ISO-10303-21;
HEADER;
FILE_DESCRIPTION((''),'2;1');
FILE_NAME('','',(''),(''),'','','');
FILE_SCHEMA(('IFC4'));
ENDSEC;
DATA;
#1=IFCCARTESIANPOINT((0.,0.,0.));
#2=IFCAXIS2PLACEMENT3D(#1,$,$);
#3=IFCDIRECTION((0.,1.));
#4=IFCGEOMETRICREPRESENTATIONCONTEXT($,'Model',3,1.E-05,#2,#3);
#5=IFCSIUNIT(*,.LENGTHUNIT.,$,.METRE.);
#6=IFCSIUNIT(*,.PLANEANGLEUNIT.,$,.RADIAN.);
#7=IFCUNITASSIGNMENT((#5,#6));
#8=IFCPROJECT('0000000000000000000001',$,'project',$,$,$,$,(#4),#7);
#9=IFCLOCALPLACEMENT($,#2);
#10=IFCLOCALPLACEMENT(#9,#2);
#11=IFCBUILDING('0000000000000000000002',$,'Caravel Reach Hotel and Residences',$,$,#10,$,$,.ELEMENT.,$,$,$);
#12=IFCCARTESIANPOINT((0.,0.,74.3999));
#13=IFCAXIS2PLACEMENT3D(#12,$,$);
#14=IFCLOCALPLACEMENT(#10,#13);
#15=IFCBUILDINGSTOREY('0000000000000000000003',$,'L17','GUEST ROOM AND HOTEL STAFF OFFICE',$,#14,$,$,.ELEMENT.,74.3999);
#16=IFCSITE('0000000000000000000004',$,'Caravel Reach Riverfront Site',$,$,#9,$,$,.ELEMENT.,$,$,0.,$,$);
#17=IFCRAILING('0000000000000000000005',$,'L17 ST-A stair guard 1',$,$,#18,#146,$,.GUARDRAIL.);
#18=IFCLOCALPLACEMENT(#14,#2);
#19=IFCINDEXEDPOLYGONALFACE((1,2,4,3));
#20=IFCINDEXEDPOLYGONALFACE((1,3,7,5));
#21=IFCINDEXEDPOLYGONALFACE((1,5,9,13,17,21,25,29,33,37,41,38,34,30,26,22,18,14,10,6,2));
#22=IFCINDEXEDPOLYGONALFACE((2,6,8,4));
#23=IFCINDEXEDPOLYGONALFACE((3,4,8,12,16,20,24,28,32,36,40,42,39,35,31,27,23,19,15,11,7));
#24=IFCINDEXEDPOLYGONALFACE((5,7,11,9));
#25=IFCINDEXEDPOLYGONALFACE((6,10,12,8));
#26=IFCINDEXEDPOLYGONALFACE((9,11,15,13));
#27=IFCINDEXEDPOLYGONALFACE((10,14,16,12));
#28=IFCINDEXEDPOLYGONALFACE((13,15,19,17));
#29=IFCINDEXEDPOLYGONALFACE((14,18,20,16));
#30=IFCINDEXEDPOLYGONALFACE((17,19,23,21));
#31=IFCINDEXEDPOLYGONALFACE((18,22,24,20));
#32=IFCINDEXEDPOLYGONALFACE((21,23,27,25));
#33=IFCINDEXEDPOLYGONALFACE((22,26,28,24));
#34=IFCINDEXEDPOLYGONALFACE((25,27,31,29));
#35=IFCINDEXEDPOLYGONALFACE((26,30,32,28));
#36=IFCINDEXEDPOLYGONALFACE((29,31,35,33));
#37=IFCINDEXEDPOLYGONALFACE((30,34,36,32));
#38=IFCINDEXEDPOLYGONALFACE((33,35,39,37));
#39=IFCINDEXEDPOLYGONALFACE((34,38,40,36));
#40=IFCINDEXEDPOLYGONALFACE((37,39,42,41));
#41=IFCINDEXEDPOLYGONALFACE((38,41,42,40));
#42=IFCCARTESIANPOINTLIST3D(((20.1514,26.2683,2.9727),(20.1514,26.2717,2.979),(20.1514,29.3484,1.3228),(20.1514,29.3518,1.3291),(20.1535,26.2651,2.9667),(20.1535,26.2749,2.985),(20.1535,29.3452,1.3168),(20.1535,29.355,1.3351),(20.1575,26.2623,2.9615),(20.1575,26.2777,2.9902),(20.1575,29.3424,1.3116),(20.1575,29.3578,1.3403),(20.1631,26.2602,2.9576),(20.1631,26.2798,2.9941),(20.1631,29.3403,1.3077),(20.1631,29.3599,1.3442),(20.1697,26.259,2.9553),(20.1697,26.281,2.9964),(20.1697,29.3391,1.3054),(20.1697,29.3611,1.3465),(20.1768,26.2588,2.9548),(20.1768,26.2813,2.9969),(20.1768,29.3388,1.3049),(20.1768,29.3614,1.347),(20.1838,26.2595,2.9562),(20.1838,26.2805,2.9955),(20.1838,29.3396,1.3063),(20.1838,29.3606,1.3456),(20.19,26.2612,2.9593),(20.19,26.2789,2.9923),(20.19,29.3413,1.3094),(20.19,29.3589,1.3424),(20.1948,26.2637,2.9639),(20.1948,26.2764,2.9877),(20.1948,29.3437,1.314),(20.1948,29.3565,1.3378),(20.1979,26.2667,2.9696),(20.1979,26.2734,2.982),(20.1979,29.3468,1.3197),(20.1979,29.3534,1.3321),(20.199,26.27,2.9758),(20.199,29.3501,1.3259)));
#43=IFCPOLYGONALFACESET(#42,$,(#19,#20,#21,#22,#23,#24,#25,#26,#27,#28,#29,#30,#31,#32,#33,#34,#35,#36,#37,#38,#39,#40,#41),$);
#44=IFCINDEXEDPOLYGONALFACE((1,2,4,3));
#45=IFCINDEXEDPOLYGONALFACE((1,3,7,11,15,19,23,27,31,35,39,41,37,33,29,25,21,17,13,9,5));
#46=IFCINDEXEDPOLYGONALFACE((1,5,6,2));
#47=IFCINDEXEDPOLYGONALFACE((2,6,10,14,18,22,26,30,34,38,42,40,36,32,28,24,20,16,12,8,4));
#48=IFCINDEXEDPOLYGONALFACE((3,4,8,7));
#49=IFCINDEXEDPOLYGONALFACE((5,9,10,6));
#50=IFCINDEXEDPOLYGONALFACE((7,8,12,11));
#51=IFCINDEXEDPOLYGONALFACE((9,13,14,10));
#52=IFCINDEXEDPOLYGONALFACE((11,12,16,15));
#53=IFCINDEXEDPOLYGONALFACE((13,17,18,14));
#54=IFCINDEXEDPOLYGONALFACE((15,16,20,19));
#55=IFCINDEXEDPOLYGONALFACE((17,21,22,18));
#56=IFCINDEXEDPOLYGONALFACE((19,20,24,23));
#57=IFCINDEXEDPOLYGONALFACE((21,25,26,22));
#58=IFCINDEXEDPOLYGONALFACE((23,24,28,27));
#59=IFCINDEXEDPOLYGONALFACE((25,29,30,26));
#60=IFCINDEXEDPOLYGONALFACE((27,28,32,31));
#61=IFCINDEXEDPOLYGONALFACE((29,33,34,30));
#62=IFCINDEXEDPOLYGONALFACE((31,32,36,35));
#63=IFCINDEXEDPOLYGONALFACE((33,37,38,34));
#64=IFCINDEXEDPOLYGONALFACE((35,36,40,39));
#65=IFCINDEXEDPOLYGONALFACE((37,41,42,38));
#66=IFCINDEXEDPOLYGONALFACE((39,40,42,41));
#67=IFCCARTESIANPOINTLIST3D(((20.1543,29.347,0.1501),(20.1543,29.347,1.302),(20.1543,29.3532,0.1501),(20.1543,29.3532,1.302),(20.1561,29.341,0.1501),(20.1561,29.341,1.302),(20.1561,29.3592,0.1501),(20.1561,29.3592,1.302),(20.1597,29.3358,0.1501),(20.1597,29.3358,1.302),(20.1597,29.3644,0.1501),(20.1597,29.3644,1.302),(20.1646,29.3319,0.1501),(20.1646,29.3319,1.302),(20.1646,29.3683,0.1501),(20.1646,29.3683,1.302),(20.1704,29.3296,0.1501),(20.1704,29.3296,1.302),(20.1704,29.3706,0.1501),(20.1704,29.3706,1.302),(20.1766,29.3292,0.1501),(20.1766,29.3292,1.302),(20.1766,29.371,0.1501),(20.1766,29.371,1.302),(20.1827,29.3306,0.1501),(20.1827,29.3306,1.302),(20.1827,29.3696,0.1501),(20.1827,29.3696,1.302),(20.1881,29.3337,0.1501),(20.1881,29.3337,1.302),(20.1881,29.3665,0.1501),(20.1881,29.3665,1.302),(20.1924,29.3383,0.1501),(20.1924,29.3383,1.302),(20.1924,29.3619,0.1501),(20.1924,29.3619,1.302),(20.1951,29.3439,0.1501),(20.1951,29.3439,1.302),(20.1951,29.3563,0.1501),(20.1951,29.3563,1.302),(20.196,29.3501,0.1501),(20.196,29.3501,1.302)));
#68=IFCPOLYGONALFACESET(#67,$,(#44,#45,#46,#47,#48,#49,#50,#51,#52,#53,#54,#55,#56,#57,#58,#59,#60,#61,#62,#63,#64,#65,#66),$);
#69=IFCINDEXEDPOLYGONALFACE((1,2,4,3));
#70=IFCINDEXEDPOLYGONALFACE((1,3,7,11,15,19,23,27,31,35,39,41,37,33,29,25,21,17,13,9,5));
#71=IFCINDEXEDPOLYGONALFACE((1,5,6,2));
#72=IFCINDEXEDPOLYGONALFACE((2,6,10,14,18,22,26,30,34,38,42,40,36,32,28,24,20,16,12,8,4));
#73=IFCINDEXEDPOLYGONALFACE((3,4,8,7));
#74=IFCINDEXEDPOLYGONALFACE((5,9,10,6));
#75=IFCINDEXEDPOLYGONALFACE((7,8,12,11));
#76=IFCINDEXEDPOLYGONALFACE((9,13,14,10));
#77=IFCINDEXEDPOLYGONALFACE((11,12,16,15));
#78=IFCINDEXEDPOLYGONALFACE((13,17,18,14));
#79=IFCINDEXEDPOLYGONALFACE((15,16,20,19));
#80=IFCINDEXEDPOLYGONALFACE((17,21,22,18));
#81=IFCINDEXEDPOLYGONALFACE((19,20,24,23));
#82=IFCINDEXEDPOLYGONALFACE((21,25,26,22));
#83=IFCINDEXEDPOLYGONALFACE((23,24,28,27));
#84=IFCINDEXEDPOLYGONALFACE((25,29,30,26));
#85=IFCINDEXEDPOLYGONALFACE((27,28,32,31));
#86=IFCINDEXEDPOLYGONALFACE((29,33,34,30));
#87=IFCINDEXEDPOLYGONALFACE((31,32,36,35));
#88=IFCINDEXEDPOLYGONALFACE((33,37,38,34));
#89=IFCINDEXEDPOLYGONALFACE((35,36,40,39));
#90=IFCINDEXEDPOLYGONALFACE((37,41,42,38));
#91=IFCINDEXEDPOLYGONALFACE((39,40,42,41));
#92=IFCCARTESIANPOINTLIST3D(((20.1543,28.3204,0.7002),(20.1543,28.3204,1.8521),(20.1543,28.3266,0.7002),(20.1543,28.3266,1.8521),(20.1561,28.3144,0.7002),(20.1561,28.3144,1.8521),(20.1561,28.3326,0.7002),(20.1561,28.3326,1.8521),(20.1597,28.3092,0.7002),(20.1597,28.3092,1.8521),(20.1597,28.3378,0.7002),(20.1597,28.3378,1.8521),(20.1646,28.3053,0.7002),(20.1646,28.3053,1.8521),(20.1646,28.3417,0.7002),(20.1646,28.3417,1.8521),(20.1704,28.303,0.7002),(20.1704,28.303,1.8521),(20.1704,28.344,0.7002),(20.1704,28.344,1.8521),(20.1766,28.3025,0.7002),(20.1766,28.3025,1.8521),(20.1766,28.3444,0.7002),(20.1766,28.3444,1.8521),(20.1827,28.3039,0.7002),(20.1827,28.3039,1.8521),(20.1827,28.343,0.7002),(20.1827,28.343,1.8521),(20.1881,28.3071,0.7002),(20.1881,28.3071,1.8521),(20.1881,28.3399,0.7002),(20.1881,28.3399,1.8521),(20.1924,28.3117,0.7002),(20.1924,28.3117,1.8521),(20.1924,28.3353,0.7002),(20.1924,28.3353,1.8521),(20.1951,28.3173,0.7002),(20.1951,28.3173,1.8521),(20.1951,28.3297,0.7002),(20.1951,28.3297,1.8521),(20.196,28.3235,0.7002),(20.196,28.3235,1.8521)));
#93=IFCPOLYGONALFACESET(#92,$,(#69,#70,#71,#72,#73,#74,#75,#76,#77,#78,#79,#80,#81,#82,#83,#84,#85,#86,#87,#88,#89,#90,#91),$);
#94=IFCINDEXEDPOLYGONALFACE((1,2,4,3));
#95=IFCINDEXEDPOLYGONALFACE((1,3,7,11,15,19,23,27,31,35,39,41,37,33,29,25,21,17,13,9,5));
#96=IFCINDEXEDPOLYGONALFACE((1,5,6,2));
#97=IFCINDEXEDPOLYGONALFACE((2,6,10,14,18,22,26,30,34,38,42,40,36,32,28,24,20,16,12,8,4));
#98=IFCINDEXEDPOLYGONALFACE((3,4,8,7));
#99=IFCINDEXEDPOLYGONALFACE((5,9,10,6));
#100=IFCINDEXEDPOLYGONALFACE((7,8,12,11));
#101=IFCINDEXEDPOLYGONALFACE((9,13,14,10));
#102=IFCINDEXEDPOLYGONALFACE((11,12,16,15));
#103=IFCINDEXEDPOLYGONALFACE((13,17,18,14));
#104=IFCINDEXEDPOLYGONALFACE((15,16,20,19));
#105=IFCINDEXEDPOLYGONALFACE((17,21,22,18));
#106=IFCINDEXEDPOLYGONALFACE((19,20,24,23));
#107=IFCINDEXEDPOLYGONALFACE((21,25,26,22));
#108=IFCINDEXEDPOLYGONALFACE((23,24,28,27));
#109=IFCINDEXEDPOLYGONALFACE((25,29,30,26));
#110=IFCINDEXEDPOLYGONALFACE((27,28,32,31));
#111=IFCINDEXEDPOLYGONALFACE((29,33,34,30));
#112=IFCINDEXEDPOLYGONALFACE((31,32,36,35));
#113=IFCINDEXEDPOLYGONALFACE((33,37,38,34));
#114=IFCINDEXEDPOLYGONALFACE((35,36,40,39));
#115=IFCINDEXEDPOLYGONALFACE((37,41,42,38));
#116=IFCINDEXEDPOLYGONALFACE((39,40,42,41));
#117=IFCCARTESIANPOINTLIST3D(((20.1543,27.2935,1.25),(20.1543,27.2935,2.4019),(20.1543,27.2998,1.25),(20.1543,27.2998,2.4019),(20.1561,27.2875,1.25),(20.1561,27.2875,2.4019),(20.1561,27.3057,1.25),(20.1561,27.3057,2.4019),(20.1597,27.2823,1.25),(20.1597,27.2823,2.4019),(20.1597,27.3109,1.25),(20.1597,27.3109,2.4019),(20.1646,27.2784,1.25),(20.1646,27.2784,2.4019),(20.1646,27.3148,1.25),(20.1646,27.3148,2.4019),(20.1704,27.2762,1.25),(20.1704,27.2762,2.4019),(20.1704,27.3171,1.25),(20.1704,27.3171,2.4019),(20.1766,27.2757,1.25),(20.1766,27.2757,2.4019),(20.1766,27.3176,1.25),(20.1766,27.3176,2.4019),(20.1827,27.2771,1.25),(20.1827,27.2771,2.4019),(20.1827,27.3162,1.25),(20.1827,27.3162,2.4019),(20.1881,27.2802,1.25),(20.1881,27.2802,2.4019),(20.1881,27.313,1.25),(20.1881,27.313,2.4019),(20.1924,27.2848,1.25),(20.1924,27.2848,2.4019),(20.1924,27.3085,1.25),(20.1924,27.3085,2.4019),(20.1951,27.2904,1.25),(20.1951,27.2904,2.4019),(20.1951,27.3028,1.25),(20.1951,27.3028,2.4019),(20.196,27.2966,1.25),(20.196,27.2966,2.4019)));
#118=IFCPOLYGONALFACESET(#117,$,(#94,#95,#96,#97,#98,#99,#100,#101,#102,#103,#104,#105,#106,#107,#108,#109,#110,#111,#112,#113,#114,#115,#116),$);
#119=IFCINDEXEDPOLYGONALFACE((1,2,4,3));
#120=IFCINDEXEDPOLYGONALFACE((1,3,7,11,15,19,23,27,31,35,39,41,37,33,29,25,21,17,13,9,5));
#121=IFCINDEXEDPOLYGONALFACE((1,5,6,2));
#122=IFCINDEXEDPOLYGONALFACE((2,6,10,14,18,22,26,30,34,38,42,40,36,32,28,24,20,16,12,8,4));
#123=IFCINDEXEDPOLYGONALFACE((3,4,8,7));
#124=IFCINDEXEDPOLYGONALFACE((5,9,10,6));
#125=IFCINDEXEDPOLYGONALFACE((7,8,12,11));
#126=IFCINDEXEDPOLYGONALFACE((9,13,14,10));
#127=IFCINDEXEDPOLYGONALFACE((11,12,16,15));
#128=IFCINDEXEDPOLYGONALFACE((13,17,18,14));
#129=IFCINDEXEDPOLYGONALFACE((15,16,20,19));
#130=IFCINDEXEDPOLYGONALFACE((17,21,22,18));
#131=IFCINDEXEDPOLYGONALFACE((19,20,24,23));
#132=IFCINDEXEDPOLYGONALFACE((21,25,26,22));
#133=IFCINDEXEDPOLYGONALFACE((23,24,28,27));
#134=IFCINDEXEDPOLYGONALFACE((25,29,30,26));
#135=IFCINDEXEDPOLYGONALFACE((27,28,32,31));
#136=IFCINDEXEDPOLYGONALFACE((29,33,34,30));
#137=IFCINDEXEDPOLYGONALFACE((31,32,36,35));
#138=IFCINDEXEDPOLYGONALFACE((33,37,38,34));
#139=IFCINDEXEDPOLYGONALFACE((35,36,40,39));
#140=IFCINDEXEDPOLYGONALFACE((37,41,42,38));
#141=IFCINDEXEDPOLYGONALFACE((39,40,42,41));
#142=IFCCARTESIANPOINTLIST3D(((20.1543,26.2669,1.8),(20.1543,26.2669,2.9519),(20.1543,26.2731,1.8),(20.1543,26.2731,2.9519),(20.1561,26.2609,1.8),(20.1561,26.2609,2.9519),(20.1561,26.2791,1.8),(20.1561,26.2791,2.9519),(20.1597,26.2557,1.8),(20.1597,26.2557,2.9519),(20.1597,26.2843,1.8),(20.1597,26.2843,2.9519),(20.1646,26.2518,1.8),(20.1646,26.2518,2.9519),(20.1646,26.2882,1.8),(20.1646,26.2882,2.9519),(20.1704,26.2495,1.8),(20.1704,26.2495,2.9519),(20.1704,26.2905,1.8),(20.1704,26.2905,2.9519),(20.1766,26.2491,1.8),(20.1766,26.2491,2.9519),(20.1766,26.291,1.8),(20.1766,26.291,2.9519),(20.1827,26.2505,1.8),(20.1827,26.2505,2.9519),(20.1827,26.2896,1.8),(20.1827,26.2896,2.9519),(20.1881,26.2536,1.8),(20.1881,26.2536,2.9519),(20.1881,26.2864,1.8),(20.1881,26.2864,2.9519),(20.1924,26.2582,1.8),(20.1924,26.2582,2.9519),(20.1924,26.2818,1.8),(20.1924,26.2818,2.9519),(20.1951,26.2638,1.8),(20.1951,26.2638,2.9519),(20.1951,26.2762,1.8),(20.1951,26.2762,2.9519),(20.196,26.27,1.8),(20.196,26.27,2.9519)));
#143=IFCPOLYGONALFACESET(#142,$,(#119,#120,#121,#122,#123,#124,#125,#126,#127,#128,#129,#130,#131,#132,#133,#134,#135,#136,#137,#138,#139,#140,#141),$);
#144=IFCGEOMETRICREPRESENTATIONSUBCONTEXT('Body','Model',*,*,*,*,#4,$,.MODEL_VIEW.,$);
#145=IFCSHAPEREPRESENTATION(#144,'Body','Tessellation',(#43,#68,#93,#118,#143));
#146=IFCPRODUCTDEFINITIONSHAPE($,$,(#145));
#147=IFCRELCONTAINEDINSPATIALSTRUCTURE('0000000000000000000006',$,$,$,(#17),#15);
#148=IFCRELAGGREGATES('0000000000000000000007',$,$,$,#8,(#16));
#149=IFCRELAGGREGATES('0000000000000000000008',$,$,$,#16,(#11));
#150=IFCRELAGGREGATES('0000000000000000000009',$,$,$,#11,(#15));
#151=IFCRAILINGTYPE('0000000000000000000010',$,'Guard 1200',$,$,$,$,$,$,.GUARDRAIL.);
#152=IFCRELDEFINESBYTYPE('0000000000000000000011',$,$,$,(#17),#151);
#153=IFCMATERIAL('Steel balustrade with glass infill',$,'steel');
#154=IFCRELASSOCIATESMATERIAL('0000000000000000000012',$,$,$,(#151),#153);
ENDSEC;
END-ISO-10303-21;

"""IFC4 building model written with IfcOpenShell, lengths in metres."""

from ifc_helpers import new_model, si_unit, direction, frame, origin, origin_2d, place, context, subcontext, project, spatial, circle, extrude, material, type_object, element, save


model = new_model("IFC4")

# Units and contexts
model_context = context("Model", 3, precision=1e-05, world=origin(), true_north=direction((0.0, 1.0)))
body_context = subcontext(model_context, "Body", "Model", "MODEL_VIEW")
ifc_project = project(units=[si_unit("LENGTHUNIT", "METRE"), si_unit("PLANEANGLEUNIT", "RADIAN")], contexts=[model_context])

# Site, building, storey
site_placement = place(None, origin())
site = spatial("IfcSite", under=ifc_project, at=site_placement, Name="Caravel Reach Riverfront Site", CompositionType="ELEMENT", RefElevation=0.0)
building_placement = place(site_placement, origin())
building = spatial("IfcBuilding", under=site, at=building_placement, Name="Caravel Reach Hotel and Residences", CompositionType="ELEMENT")
storey_placement = place(building_placement, frame((0.0, 0.0, 74.3999)))
storey = spatial("IfcBuildingStorey", under=building, at=storey_placement, Name="L17", Description="GUEST ROOM AND HOTEL STAFF OFFICE", CompositionType="ELEMENT", Elevation=74.3999)

# Railing
ifc_material_1 = material(Name="Steel balustrade with glass infill", Category="steel")
railing_type_1 = type_object("IfcRailingType", Name="Guard 1200", PredefinedType="GUARDRAIL", material=ifc_material_1)
railing_1_placement = place(storey_placement, frame((20.175, 29.3501, 0.1501)))
element("IfcRailing", 1, at=railing_1_placement, inside=storey, type_object=railing_type_1, Name="L17 ST-A stair guard 1", PredefinedType="GUARDRAIL", context=body_context, shape_type="SweptSolid", body=[
    extrude(circle(Radius=0.0239, at=origin_2d()), frame((0.0, 0.0, 1.1758), z_axis=(0.0, -0.881497, 0.47219), x_axis=(1.0, 0.0, 0.0)), (0.0, 0.0, 1.0), 3.4941),
    extrude(circle(Radius=0.021, at=origin_2d()), origin(), (0.0, 0.0, 1.0), 1.1519),
    extrude(circle(Radius=0.021, at=origin_2d()), frame((0.0, -1.0266, 0.55)), (0.0, 0.0, 1.0), 1.1519),
    extrude(circle(Radius=0.021, at=origin_2d()), frame((0.0, -2.0535, 1.0999)), (0.0, 0.0, 1.0), 1.1519),
    extrude(circle(Radius=0.021, at=origin_2d()), frame((0.0, -3.0801, 1.6499)), (0.0, 0.0, 1.0), 1.1519),
])

save(model, "model.ifc")
